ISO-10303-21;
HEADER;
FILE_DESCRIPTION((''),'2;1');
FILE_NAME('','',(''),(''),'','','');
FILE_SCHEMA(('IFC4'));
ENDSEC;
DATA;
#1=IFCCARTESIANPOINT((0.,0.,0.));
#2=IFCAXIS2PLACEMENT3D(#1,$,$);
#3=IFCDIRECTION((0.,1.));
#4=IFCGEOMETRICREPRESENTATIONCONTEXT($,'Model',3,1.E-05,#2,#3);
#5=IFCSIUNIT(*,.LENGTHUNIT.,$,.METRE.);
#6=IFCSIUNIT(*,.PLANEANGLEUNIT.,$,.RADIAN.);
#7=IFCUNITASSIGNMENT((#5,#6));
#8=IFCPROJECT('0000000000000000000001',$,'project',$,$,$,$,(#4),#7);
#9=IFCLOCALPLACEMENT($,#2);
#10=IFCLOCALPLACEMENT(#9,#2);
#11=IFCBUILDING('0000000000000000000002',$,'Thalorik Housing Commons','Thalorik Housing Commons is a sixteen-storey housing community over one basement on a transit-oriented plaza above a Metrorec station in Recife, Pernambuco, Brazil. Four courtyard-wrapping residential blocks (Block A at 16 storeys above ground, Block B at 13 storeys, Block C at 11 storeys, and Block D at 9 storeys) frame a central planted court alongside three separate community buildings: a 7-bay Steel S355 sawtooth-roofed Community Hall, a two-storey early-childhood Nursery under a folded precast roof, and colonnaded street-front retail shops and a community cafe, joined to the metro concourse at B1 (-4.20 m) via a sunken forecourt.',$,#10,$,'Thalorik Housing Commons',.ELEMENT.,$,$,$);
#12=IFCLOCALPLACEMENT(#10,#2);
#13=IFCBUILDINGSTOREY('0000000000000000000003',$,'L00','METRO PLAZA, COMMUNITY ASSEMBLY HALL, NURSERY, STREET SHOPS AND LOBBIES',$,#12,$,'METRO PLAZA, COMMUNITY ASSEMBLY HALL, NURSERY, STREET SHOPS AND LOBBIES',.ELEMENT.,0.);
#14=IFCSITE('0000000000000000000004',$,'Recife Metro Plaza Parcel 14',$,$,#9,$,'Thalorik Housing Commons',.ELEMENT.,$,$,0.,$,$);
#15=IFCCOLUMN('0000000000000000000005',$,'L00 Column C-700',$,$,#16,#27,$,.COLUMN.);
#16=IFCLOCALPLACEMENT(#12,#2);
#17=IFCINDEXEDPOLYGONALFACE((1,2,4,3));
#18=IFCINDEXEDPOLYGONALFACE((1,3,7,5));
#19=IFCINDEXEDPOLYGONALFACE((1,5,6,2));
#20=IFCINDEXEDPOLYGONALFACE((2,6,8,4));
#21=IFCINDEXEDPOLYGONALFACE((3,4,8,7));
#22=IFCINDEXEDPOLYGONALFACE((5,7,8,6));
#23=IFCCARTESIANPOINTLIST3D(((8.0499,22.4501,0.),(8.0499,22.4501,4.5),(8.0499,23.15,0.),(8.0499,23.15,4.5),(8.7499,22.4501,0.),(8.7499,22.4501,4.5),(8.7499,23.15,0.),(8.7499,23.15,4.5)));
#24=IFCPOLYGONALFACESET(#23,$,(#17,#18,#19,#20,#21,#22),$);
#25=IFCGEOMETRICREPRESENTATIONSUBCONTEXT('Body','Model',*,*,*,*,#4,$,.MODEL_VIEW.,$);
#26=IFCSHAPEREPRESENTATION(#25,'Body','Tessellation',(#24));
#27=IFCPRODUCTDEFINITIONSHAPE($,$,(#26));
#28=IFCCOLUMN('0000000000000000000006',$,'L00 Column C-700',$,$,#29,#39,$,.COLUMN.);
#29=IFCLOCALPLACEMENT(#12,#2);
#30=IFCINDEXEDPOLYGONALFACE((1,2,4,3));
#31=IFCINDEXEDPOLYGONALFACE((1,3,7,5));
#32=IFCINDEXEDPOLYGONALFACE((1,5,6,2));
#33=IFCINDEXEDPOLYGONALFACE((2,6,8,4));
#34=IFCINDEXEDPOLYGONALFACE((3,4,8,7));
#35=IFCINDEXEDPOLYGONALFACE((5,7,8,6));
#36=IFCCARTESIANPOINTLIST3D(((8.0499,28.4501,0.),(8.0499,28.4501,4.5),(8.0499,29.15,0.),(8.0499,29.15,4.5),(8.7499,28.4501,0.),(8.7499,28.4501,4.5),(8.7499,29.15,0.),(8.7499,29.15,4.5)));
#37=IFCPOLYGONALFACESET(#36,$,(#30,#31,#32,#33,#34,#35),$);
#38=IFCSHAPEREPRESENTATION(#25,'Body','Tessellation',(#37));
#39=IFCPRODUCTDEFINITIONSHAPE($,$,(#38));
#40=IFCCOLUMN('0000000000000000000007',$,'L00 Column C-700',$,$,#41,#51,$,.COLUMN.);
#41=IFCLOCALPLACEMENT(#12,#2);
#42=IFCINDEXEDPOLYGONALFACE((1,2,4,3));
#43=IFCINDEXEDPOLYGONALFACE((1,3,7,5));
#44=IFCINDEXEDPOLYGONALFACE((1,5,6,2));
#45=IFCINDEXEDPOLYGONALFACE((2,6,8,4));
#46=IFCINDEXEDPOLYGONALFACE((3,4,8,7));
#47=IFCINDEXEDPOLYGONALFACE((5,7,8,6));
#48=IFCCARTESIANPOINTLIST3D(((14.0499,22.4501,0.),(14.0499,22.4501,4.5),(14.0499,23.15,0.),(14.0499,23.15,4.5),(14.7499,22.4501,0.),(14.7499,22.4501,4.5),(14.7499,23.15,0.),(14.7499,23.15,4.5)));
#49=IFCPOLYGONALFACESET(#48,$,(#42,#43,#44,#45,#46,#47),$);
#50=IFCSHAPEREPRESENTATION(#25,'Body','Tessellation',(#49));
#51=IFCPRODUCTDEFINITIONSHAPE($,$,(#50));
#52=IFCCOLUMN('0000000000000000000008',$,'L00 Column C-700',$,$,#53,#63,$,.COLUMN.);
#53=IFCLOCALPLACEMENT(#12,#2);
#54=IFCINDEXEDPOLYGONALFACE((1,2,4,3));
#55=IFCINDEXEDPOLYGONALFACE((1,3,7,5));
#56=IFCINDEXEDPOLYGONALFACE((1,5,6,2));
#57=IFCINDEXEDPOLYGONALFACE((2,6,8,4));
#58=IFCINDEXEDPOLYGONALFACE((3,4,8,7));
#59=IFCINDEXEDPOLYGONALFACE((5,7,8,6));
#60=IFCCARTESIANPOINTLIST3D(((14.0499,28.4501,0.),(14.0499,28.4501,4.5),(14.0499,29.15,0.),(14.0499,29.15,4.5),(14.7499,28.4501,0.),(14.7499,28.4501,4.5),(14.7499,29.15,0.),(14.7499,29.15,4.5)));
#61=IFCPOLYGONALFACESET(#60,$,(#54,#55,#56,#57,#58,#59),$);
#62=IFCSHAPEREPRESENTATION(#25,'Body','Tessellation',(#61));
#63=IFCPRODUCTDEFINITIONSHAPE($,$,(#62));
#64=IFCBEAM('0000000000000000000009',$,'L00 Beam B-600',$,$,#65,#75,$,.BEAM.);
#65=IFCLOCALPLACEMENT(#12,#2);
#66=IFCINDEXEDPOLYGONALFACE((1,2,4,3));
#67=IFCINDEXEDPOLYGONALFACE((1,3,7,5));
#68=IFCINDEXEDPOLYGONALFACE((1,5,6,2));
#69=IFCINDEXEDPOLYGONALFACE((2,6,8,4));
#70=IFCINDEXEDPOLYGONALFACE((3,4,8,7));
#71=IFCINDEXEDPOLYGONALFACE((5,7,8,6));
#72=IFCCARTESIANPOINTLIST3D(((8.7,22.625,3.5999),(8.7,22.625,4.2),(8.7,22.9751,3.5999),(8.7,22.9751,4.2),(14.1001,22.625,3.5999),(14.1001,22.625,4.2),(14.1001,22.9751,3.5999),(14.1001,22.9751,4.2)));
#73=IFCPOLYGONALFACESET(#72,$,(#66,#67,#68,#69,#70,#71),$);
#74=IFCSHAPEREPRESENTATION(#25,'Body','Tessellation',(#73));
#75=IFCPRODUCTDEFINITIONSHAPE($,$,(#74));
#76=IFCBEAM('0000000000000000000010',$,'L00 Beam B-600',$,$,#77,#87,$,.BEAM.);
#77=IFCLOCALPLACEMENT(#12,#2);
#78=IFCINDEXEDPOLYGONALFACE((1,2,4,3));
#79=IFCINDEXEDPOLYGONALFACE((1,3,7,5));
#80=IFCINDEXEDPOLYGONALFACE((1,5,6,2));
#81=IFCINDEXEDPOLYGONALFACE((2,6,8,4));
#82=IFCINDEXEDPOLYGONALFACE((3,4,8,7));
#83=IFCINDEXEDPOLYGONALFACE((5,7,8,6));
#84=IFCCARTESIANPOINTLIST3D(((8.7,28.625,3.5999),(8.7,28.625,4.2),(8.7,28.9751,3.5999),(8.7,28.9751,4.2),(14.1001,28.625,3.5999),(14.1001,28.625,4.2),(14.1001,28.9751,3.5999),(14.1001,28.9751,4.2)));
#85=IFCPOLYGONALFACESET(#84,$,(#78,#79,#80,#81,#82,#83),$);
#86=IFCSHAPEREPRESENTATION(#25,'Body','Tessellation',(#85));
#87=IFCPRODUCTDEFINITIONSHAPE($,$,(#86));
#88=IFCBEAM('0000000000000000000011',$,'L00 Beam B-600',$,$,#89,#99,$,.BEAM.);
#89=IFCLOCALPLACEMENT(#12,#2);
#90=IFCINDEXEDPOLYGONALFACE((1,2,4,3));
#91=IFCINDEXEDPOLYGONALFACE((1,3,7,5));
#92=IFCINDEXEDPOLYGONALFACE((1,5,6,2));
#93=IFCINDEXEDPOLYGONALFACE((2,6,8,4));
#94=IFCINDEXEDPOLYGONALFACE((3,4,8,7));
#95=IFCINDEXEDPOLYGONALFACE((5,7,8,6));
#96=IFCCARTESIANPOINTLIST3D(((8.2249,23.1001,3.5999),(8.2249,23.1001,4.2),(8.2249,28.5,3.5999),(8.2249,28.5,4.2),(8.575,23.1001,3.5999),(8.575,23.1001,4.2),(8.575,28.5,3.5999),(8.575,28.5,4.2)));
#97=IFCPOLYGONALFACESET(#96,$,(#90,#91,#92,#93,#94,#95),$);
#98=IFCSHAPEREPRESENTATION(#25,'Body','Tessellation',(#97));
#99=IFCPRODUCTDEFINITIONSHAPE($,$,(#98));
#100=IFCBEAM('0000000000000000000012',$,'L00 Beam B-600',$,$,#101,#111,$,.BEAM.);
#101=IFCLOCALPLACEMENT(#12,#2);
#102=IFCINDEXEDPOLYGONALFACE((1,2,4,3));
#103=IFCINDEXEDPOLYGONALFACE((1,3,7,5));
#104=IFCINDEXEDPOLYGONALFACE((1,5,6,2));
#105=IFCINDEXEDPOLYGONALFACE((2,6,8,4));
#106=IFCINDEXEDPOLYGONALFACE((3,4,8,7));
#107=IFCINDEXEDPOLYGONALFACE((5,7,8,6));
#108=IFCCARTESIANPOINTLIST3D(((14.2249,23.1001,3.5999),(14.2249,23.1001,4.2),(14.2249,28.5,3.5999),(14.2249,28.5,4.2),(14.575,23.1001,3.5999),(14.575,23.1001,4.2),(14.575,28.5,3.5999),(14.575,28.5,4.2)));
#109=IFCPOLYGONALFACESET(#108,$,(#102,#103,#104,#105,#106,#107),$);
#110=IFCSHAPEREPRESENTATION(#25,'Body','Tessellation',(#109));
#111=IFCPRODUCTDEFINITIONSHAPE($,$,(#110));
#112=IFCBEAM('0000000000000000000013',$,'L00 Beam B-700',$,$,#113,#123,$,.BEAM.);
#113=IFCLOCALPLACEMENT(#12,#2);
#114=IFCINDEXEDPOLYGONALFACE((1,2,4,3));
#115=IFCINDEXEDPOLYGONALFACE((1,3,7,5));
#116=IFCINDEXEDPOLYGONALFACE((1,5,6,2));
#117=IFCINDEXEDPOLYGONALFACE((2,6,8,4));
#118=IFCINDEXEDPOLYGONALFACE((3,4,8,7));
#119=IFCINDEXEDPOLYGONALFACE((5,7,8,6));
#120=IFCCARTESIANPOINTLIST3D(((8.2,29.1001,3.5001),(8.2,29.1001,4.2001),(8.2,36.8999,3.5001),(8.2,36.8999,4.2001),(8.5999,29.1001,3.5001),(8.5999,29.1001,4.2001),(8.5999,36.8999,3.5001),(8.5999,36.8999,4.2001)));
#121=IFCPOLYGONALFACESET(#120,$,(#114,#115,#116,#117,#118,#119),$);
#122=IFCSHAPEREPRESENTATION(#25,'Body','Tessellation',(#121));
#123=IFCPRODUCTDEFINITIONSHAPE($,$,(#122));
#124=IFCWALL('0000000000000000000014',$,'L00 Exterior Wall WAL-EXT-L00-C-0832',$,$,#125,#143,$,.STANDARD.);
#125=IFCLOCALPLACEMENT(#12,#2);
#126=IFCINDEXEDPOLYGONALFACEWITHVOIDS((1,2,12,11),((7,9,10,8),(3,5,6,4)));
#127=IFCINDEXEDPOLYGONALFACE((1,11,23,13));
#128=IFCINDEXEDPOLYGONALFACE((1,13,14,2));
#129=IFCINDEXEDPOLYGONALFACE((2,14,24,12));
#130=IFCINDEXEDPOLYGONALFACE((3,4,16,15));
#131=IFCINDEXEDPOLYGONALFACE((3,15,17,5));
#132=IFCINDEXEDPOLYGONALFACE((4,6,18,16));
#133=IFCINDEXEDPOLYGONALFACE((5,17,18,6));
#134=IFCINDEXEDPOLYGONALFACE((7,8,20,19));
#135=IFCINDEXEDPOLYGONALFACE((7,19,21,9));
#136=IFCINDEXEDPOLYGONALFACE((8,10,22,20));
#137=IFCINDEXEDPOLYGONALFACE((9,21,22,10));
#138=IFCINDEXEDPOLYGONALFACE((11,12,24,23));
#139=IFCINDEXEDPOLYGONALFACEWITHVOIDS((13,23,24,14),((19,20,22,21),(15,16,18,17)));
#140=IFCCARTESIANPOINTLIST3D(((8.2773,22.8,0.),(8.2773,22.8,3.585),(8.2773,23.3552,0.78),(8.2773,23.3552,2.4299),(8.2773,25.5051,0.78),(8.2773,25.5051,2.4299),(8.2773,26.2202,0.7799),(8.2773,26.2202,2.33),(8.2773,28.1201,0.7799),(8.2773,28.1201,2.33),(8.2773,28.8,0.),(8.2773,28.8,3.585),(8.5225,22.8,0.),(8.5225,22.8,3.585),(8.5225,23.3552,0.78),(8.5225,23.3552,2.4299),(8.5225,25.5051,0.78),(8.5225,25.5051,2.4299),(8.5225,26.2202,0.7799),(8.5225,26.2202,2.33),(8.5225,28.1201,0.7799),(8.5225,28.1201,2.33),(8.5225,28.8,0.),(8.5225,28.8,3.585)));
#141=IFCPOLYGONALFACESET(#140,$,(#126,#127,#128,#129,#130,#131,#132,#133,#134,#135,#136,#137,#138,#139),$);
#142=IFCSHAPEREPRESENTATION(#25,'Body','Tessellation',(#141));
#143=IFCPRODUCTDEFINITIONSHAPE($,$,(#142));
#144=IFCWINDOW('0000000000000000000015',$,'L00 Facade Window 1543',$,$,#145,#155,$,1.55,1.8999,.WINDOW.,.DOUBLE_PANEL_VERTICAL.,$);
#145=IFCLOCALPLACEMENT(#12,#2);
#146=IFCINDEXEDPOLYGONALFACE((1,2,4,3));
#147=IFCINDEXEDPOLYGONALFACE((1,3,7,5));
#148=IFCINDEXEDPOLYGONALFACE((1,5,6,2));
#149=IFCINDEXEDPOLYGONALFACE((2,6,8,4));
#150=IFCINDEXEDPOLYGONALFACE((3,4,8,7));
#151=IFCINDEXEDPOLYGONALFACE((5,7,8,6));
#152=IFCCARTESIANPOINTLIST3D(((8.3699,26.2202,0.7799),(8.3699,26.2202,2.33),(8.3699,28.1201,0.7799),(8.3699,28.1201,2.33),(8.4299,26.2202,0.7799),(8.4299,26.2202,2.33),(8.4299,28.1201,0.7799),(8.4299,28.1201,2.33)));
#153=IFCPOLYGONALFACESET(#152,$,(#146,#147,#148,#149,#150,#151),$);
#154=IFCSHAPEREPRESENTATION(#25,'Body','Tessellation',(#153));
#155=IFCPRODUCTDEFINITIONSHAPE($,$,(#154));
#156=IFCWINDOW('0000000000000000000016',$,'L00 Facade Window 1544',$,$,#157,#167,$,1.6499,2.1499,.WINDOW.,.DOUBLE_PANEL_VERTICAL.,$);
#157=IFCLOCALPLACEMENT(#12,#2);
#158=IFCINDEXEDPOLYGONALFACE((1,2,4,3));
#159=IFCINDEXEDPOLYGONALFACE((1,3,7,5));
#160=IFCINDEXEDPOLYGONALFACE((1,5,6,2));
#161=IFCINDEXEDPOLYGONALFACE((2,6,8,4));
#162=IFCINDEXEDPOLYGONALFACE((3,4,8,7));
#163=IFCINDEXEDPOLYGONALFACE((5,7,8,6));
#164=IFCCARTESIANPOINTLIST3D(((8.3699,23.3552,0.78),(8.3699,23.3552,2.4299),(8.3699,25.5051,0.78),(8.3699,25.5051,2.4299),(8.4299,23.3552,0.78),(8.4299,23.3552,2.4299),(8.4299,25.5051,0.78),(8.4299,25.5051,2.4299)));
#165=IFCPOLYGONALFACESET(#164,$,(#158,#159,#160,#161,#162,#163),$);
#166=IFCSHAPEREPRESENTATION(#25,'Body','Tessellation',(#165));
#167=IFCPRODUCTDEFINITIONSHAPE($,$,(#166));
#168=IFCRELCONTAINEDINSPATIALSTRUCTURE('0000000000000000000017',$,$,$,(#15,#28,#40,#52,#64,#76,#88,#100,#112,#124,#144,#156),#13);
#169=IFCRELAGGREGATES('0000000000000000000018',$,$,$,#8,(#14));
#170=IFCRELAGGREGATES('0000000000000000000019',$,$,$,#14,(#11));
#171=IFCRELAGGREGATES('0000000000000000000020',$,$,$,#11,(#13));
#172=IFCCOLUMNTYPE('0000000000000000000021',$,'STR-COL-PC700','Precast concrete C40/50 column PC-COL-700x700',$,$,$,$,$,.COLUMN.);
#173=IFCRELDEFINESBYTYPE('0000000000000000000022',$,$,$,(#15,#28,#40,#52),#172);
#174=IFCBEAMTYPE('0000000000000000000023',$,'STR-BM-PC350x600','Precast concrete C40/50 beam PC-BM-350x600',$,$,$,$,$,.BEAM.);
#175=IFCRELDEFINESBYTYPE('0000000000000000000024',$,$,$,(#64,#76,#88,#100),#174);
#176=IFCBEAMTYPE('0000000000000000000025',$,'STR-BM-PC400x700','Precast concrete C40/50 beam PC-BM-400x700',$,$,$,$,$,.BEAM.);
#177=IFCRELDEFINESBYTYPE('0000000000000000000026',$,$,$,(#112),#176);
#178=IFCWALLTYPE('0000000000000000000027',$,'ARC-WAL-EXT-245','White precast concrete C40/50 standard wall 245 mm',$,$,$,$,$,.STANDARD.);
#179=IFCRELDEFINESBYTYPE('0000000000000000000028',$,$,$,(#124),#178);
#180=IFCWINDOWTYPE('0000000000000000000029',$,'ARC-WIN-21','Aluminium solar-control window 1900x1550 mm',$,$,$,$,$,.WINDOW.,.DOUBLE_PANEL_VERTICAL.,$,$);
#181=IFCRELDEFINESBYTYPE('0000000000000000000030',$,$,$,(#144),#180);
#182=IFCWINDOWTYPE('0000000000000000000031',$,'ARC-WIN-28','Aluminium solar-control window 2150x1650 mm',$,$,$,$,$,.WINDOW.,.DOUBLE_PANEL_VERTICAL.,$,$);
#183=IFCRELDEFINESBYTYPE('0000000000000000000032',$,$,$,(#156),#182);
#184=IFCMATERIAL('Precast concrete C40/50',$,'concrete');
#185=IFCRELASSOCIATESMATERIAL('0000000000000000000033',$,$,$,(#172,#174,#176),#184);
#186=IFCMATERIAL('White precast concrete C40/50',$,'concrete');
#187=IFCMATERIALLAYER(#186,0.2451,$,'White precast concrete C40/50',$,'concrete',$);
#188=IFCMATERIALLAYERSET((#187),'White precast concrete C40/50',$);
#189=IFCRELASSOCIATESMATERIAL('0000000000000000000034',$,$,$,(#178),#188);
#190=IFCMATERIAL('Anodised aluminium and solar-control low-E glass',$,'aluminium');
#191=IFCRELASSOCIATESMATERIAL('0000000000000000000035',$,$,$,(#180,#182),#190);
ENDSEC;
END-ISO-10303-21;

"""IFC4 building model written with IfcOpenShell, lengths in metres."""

from ifc_helpers import new_model, si_unit, direction, frame, frame_2d, origin, origin_2d, place, context, subcontext, project, spatial, rectangle, extrude, material, layer, layer_set, material_profile, profile_set, type_object, element, fill, save


model = new_model("IFC4")

# Units and contexts
model_context = context("Model", 3, precision=1e-05, world=origin(), true_north=direction((0.0, 1.0)))
body_context = subcontext(model_context, "Body", "Model", "MODEL_VIEW")
ifc_project = project(units=[si_unit("LENGTHUNIT", "METRE"), si_unit("PLANEANGLEUNIT", "RADIAN")], contexts=[model_context])

# Site, building, storey
site_placement = place(None, origin())
site = spatial("IfcSite", under=ifc_project, at=site_placement, Name="Recife Metro Plaza Parcel 14", LongName="Thalorik Housing Commons", CompositionType="ELEMENT", RefElevation=0.0)
building_placement = place(site_placement, origin())
building = spatial("IfcBuilding", under=site, at=building_placement, Name="Thalorik Housing Commons", Description="Thalorik Housing Commons is a sixteen-storey housing community over one basement on a transit-oriented plaza above a Metrorec station in Recife, Pernambuco, Brazil. Four courtyard-wrapping residential blocks (Block A at 16 storeys above ground, Block B at 13 storeys, Block C at 11 storeys, and Block D at 9 storeys) frame a central planted court alongside three separate community buildings: a 7-bay Steel S355 sawtooth-roofed Community Hall, a two-storey early-childhood Nursery under a folded precast roof, and colonnaded street-front retail shops and a community cafe, joined to the metro concourse at B1 (-4.20 m) via a sunken forecourt.", LongName="Thalorik Housing Commons", CompositionType="ELEMENT")
storey_placement = place(building_placement, origin())
storey = spatial("IfcBuildingStorey", under=building, at=storey_placement, Name="L00", Description="METRO PLAZA, COMMUNITY ASSEMBLY HALL, NURSERY, STREET SHOPS AND LOBBIES", LongName="METRO PLAZA, COMMUNITY ASSEMBLY HALL, NURSERY, STREET SHOPS AND LOBBIES", CompositionType="ELEMENT", Elevation=0.0)

# Columns
ifc_material_1 = material(Name="Precast concrete C40/50", Category="concrete")
ifc_material_profile_1 = material_profile(ifc_material_1, rectangle(XDim=0.7, YDim=0.7, at=origin_2d()), Name="PC 700x700", Category="concrete")
ifc_profile_set_1 = profile_set([ifc_material_profile_1], Name="Precast concrete C40/50")
column_type = type_object("IfcColumnType", Name="STR-COL-PC700", Description="Precast concrete C40/50 column PC-COL-700x700", PredefinedType="COLUMN", material=ifc_profile_set_1)
for number, where, z_axis, x_axis, name in (
    (1, (8.3999, 22.8, 0.0), (0.0, 0.0, 1.0), (1.0, 0.0, 0.0), "L00 Column C-700"),
    (2, (8.3999, 28.8, 0.0), (0.0, 0.0, 1.0), (1.0, 0.0, 0.0), "L00 Column C-700"),
    (3, (14.3999, 22.8, 0.0), (0.0, 0.0, 1.0), (1.0, 0.0, 0.0), "L00 Column C-700"),
    (4, (14.3999, 28.8, 0.0), (0.0, 0.0, 1.0), (1.0, 0.0, 0.0), "L00 Column C-700"),
):
    element("IfcColumn", number, at=place(storey_placement, frame(where, z_axis=z_axis, x_axis=x_axis)), inside=storey, type_object=column_type, Name=name, PredefinedType="COLUMN", context=body_context, shape_type="SweptSolid", body=[
        extrude(rectangle(XDim=0.7, YDim=0.7, at=origin_2d()), origin(), (0.0, 0.0, 1.0), 4.5),
    ])

# Beams
ifc_material_profile_2 = material_profile(ifc_material_1, rectangle(XDim=0.3501, YDim=0.6001, at=origin_2d()), Name="PC 350x600", Category="concrete")
ifc_profile_set_2 = profile_set([ifc_material_profile_2], Name="Precast concrete C40/50")
beam_type_1 = type_object("IfcBeamType", Name="STR-BM-PC350x600", Description="Precast concrete C40/50 beam PC-BM-350x600", PredefinedType="BEAM", material=ifc_profile_set_2)
for number, where, z_axis, x_axis, name in (
    (5, (8.7, 22.8, 3.8999), (1.0, 0.0, 0.0), (0.0, 1.0, 0.0), "L00 Beam B-600"),
    (6, (8.7, 28.8, 3.8999), (1.0, 0.0, 0.0), (0.0, 1.0, 0.0), "L00 Beam B-600"),
):
    element("IfcBeam", number, at=place(storey_placement, frame(where, z_axis=z_axis, x_axis=x_axis)), inside=storey, type_object=beam_type_1, Name=name, PredefinedType="BEAM", context=body_context, shape_type="SweptSolid", body=[
        extrude(rectangle(XDim=0.3501, YDim=0.6001, at=origin_2d()), origin(), (0.0, 0.0, 1.0), 5.4001),
    ])
for number, where, z_axis, x_axis, name in (
    (7, (8.3999, 23.1001, 3.8999), (0.0, 1.0, 0.0), (-1.0, 0.0, 0.0), "L00 Beam B-600"),
    (8, (14.3999, 23.1001, 3.8999), (0.0, 1.0, 0.0), (-1.0, 0.0, 0.0), "L00 Beam B-600"),
):
    element("IfcBeam", number, at=place(storey_placement, frame(where, z_axis=z_axis, x_axis=x_axis)), inside=storey, type_object=beam_type_1, Name=name, PredefinedType="BEAM", context=body_context, shape_type="SweptSolid", body=[
        extrude(rectangle(XDim=0.3501, YDim=0.6001, at=origin_2d()), origin(), (0.0, 0.0, 1.0), 5.3999),
    ])
ifc_material_profile_3 = material_profile(ifc_material_1, rectangle(XDim=0.3999, YDim=0.7, at=origin_2d()), Name="PC 400x700", Category="concrete")
ifc_profile_set_3 = profile_set([ifc_material_profile_3], Name="Precast concrete C40/50")
beam_type_2 = type_object("IfcBeamType", Name="STR-BM-PC400x700", Description="Precast concrete C40/50 beam PC-BM-400x700", PredefinedType="BEAM", material=ifc_profile_set_3)
beam_placement = place(storey_placement, frame((8.3999, 29.1001, 3.8501), z_axis=(0.0, 1.0, 0.0), x_axis=(-1.0, 0.0, 0.0)))
element("IfcBeam", 9, at=beam_placement, inside=storey, type_object=beam_type_2, Name="L00 Beam B-700", PredefinedType="BEAM", context=body_context, shape_type="SweptSolid", body=[
    extrude(rectangle(XDim=0.3999, YDim=0.7, at=origin_2d()), origin(), (0.0, 0.0, 1.0), 7.7998),
])

# Wall, openings, windows
ifc_material_2 = material(Name="White precast concrete C40/50", Category="concrete")
ifc_layer_1 = layer(ifc_material_2, 0.2451, Name="White precast concrete C40/50", Category="concrete")
ifc_layer_set_1 = layer_set([ifc_layer_1], Name="White precast concrete C40/50")
wall_type_1 = type_object("IfcWallType", Name="ARC-WAL-EXT-245", Description="White precast concrete C40/50 standard wall 245 mm", PredefinedType="STANDARD", material=ifc_layer_set_1)
wall_1_placement = place(storey_placement, frame((8.3999, 28.8, 0.0), z_axis=(0.0, 0.0, 1.0), x_axis=(0.0, -1.0, 0.0)))
wall_1 = element("IfcWall", 10, at=wall_1_placement, inside=storey, type_object=wall_type_1, Name="L00 Exterior Wall WAL-EXT-L00-C-0832", PredefinedType="STANDARD", context=body_context, shape_type="SweptSolid", body=[
    extrude(rectangle(XDim=6.0, YDim=0.2451, at=frame_2d((3.0, 0.0))), origin(), (0.0, 0.0, 1.0), 3.585),
])
opening_1_placement = place(wall_1_placement, frame((0.6799, 0.0, 0.78)))
opening_1 = element("IfcOpeningElement", 11, at=opening_1_placement, cuts=wall_1, PredefinedType="OPENING", context=body_context, shape_type="SweptSolid", body=[
    extrude(rectangle(XDim=1.8999, YDim=1.55, at=frame_2d((0.95, 0.7749))), frame((0.0, 0.1326, 0.0), z_axis=(0.0, -1.0, 0.0), x_axis=(1.0, 0.0, 0.0)), (0.0, 0.0, 1.0), 0.2651),
])
opening_2_placement = place(wall_1_placement, frame((3.2949, 0.0, 0.78)))
opening_2 = element("IfcOpeningElement", 12, at=opening_2_placement, cuts=wall_1, PredefinedType="OPENING", context=body_context, shape_type="SweptSolid", body=[
    extrude(rectangle(XDim=2.1499, YDim=1.6499, at=frame_2d((1.075, 0.825))), frame((0.0, 0.1326, 0.0), z_axis=(0.0, -1.0, 0.0), x_axis=(1.0, 0.0, 0.0)), (0.0, 0.0, 1.0), 0.2651),
])
ifc_material_3 = material(Name="Anodised aluminium and solar-control low-E glass", Category="aluminium")
window_type_1 = type_object("IfcWindowType", Name="ARC-WIN-21", Description="Aluminium solar-control window 1900x1550 mm", PartitioningType="DOUBLE_PANEL_VERTICAL", PredefinedType="WINDOW", material=ifc_material_3)
window_1_placement = place(opening_1_placement, origin())
window_1 = element("IfcWindow", 13, at=window_1_placement, inside=storey, type_object=window_type_1, Name="L00 Facade Window 1543", OverallHeight=1.55, OverallWidth=1.8999, PartitioningType="DOUBLE_PANEL_VERTICAL", PredefinedType="WINDOW", context=body_context, shape_type="SweptSolid", body=[
    extrude(rectangle(XDim=1.8999, YDim=1.55, at=frame_2d((0.95, 0.7749))), frame((0.0, 0.03, 0.0), z_axis=(0.0, -1.0, 0.0), x_axis=(1.0, 0.0, 0.0)), (0.0, 0.0, 1.0), 0.0601),
])
fill(opening_1, window_1)
window_type_2 = type_object("IfcWindowType", Name="ARC-WIN-28", Description="Aluminium solar-control window 2150x1650 mm", PartitioningType="DOUBLE_PANEL_VERTICAL", PredefinedType="WINDOW", material=ifc_material_3)
window_2_placement = place(opening_2_placement, origin())
window_2 = element("IfcWindow", 14, at=window_2_placement, inside=storey, type_object=window_type_2, Name="L00 Facade Window 1544", OverallHeight=1.6499, OverallWidth=2.1499, PartitioningType="DOUBLE_PANEL_VERTICAL", PredefinedType="WINDOW", context=body_context, shape_type="SweptSolid", body=[
    extrude(rectangle(XDim=2.1499, YDim=1.6499, at=frame_2d((1.075, 0.825))), frame((0.0, 0.03, 0.0), z_axis=(0.0, -1.0, 0.0), x_axis=(1.0, 0.0, 0.0)), (0.0, 0.0, 1.0), 0.0601),
])
fill(opening_2, window_2)

save(model, "model.ifc")
